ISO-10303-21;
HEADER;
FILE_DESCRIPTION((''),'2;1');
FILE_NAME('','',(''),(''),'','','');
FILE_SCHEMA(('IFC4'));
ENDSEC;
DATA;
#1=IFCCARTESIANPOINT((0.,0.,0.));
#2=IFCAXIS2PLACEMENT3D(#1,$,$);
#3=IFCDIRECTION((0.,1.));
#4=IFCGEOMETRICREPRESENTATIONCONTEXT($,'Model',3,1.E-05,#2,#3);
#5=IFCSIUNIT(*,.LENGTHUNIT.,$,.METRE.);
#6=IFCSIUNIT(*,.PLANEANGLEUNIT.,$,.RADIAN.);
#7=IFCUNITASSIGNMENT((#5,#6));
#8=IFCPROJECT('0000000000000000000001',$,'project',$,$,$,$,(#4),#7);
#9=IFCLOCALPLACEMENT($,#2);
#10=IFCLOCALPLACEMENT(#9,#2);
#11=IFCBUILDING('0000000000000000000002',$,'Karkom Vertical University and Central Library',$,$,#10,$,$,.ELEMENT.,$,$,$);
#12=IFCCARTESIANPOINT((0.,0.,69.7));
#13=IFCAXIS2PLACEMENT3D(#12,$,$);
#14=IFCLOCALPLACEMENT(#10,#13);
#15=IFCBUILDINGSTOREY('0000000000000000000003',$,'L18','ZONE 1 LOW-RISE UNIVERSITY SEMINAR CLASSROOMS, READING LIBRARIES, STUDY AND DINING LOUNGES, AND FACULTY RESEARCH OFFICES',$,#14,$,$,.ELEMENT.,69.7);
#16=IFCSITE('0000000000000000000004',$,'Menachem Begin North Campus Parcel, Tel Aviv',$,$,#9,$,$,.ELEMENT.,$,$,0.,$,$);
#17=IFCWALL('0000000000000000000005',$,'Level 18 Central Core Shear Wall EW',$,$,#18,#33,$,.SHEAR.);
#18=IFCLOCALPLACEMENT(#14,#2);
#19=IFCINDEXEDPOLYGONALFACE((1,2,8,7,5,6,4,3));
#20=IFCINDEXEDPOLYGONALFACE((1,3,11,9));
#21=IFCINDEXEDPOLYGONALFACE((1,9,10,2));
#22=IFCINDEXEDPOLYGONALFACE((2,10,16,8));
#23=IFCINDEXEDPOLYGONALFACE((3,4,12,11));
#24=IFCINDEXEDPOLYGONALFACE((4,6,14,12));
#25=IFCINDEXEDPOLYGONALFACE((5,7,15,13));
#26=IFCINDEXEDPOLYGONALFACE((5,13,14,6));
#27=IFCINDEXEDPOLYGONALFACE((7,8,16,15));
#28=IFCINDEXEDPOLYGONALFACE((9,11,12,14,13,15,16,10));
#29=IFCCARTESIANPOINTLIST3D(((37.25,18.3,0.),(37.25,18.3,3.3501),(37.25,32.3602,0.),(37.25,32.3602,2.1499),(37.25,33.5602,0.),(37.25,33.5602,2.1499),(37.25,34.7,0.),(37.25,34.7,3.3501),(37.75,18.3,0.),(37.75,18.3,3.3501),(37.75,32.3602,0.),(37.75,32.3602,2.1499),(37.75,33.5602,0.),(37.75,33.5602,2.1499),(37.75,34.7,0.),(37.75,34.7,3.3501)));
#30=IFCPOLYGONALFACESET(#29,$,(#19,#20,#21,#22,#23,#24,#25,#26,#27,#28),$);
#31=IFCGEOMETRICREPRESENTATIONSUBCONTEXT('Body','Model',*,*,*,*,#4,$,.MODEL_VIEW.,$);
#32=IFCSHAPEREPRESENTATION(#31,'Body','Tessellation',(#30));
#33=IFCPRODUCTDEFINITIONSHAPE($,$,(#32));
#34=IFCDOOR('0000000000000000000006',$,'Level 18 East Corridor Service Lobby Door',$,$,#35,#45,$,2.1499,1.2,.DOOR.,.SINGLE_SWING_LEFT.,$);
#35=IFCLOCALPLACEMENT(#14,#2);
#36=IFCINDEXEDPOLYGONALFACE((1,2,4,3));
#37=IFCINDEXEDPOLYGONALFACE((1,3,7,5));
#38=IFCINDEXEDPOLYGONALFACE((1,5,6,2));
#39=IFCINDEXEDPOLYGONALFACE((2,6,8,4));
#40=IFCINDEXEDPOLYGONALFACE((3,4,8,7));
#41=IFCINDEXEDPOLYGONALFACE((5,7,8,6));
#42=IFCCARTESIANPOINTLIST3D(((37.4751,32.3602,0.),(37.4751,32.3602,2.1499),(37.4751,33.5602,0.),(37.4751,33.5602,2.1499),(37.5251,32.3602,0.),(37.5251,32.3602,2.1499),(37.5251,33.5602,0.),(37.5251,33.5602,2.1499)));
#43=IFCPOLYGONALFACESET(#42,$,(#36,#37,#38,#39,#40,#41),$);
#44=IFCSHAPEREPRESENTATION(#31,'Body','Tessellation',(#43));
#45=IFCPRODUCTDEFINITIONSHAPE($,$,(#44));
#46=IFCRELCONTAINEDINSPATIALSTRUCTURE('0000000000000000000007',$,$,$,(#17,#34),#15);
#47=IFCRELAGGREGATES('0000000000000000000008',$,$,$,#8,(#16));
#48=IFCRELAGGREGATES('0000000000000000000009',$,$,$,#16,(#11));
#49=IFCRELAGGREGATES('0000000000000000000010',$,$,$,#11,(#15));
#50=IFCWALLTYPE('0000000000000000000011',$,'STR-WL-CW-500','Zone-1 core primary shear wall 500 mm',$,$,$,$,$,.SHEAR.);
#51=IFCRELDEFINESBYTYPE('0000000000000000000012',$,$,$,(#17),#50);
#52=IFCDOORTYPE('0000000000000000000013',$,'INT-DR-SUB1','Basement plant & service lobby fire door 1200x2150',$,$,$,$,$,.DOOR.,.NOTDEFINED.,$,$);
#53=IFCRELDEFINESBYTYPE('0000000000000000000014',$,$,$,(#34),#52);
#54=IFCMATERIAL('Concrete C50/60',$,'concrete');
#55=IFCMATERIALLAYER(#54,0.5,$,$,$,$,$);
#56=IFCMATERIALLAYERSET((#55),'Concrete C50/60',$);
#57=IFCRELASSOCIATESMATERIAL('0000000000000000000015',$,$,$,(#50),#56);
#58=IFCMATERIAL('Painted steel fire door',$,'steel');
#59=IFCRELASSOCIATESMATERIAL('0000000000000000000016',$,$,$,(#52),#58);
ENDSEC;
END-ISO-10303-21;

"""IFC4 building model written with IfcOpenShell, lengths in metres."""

from ifc_helpers import new_model, si_unit, direction, frame, frame_2d, origin, origin_with_axes, place, context, subcontext, project, spatial, rectangle, extrude, source, transform, mapped, material, layer, layer_set, type_object, element, fill, save


model = new_model("IFC4")

# Units and contexts
model_context = context("Model", 3, precision=1e-05, world=origin(), true_north=direction((0.0, 1.0)))
body_context = subcontext(model_context, "Body", "Model", "MODEL_VIEW")
ifc_project = project(units=[si_unit("LENGTHUNIT", "METRE"), si_unit("PLANEANGLEUNIT", "RADIAN")], contexts=[model_context])

# Site, building, storey
site_placement = place(None, origin())
site = spatial("IfcSite", under=ifc_project, at=site_placement, Name="Menachem Begin North Campus Parcel, Tel Aviv", CompositionType="ELEMENT", RefElevation=0.0)
building_placement = place(site_placement, origin())
building = spatial("IfcBuilding", under=site, at=building_placement, Name="Karkom Vertical University and Central Library", CompositionType="ELEMENT")
storey_placement = place(building_placement, frame((0.0, 0.0, 69.7)))
storey = spatial("IfcBuildingStorey", under=building, at=storey_placement, Name="L18", Description="ZONE 1 LOW-RISE UNIVERSITY SEMINAR CLASSROOMS, READING LIBRARIES, STUDY AND DINING LOUNGES, AND FACULTY RESEARCH OFFICES", CompositionType="ELEMENT", Elevation=69.7)

# Shared definitions
ifc_material_1 = material(Name="Concrete C50/60", Category="concrete")

# Wall, opening, door
ifc_layer_1 = layer(ifc_material_1, 0.5)
ifc_layer_set_1 = layer_set([ifc_layer_1], Name="Concrete C50/60")
wall_type_1 = type_object("IfcWallType", Name="STR-WL-CW-500", Description="Zone-1 core primary shear wall 500 mm", PredefinedType="SHEAR", material=ifc_layer_set_1)
wall_1_placement = place(storey_placement, frame((37.5, 18.3, 0.0), z_axis=(0.0, 0.0, 1.0), x_axis=(0.0, 1.0, 0.0)))
wall_1 = element("IfcWall", 1, at=wall_1_placement, inside=storey, type_object=wall_type_1, Name="Level 18 Central Core Shear Wall EW", PredefinedType="SHEAR", context=body_context, shape_type="SweptSolid", body=[
    extrude(rectangle(XDim=16.3999, YDim=0.5, at=frame_2d((8.2, 0.0))), origin(), (0.0, 0.0, 1.0), 3.3501),
])
opening_1_placement = place(wall_1_placement, frame((14.0601, 0.0, 0.0)))
opening_1 = element("IfcOpeningElement", 2, at=opening_1_placement, cuts=wall_1, PredefinedType="OPENING", context=body_context, shape_type="SweptSolid", body=[
    extrude(rectangle(XDim=1.2, YDim=2.1499, at=frame_2d((0.6001, 1.075))), frame((0.0, 0.26, 0.0), z_axis=(0.0, -1.0, 0.0), x_axis=(1.0, 0.0, 0.0)), (0.0, 0.0, 1.0), 0.52),
])
ifc_material_2 = material(Name="Painted steel fire door", Category="steel")
door_type_1 = type_object("IfcDoorType", Name="INT-DR-SUB1", Description="Basement plant & service lobby fire door 1200x2150", OperationType="NOTDEFINED", PredefinedType="DOOR", material=ifc_material_2)
shared_shape_1 = source(origin_with_axes(), body_context, "Body", "SweptSolid", [
    extrude(rectangle(XDim=1.2, YDim=2.1499, at=frame_2d((0.6001, 1.075))), frame((0.0, 0.0249, 0.0), z_axis=(0.0, -1.0, 0.0), x_axis=(1.0, 0.0, 0.0)), (0.0, 0.0, 1.0), 0.05),
])
door_1_placement = place(opening_1_placement, origin())
door_1 = element("IfcDoor", 3, at=door_1_placement, inside=storey, type_object=door_type_1, Name="Level 18 East Corridor Service Lobby Door", OperationType="SINGLE_SWING_LEFT", OverallHeight=2.1499, OverallWidth=1.2, PredefinedType="DOOR", context=body_context, shape_type="MappedRepresentation", body=[
    mapped(shared_shape_1, transform((0.0, 0.0, 0.0), scale=1.0)),
])
fill(opening_1, door_1)

save(model, "model.ifc")
